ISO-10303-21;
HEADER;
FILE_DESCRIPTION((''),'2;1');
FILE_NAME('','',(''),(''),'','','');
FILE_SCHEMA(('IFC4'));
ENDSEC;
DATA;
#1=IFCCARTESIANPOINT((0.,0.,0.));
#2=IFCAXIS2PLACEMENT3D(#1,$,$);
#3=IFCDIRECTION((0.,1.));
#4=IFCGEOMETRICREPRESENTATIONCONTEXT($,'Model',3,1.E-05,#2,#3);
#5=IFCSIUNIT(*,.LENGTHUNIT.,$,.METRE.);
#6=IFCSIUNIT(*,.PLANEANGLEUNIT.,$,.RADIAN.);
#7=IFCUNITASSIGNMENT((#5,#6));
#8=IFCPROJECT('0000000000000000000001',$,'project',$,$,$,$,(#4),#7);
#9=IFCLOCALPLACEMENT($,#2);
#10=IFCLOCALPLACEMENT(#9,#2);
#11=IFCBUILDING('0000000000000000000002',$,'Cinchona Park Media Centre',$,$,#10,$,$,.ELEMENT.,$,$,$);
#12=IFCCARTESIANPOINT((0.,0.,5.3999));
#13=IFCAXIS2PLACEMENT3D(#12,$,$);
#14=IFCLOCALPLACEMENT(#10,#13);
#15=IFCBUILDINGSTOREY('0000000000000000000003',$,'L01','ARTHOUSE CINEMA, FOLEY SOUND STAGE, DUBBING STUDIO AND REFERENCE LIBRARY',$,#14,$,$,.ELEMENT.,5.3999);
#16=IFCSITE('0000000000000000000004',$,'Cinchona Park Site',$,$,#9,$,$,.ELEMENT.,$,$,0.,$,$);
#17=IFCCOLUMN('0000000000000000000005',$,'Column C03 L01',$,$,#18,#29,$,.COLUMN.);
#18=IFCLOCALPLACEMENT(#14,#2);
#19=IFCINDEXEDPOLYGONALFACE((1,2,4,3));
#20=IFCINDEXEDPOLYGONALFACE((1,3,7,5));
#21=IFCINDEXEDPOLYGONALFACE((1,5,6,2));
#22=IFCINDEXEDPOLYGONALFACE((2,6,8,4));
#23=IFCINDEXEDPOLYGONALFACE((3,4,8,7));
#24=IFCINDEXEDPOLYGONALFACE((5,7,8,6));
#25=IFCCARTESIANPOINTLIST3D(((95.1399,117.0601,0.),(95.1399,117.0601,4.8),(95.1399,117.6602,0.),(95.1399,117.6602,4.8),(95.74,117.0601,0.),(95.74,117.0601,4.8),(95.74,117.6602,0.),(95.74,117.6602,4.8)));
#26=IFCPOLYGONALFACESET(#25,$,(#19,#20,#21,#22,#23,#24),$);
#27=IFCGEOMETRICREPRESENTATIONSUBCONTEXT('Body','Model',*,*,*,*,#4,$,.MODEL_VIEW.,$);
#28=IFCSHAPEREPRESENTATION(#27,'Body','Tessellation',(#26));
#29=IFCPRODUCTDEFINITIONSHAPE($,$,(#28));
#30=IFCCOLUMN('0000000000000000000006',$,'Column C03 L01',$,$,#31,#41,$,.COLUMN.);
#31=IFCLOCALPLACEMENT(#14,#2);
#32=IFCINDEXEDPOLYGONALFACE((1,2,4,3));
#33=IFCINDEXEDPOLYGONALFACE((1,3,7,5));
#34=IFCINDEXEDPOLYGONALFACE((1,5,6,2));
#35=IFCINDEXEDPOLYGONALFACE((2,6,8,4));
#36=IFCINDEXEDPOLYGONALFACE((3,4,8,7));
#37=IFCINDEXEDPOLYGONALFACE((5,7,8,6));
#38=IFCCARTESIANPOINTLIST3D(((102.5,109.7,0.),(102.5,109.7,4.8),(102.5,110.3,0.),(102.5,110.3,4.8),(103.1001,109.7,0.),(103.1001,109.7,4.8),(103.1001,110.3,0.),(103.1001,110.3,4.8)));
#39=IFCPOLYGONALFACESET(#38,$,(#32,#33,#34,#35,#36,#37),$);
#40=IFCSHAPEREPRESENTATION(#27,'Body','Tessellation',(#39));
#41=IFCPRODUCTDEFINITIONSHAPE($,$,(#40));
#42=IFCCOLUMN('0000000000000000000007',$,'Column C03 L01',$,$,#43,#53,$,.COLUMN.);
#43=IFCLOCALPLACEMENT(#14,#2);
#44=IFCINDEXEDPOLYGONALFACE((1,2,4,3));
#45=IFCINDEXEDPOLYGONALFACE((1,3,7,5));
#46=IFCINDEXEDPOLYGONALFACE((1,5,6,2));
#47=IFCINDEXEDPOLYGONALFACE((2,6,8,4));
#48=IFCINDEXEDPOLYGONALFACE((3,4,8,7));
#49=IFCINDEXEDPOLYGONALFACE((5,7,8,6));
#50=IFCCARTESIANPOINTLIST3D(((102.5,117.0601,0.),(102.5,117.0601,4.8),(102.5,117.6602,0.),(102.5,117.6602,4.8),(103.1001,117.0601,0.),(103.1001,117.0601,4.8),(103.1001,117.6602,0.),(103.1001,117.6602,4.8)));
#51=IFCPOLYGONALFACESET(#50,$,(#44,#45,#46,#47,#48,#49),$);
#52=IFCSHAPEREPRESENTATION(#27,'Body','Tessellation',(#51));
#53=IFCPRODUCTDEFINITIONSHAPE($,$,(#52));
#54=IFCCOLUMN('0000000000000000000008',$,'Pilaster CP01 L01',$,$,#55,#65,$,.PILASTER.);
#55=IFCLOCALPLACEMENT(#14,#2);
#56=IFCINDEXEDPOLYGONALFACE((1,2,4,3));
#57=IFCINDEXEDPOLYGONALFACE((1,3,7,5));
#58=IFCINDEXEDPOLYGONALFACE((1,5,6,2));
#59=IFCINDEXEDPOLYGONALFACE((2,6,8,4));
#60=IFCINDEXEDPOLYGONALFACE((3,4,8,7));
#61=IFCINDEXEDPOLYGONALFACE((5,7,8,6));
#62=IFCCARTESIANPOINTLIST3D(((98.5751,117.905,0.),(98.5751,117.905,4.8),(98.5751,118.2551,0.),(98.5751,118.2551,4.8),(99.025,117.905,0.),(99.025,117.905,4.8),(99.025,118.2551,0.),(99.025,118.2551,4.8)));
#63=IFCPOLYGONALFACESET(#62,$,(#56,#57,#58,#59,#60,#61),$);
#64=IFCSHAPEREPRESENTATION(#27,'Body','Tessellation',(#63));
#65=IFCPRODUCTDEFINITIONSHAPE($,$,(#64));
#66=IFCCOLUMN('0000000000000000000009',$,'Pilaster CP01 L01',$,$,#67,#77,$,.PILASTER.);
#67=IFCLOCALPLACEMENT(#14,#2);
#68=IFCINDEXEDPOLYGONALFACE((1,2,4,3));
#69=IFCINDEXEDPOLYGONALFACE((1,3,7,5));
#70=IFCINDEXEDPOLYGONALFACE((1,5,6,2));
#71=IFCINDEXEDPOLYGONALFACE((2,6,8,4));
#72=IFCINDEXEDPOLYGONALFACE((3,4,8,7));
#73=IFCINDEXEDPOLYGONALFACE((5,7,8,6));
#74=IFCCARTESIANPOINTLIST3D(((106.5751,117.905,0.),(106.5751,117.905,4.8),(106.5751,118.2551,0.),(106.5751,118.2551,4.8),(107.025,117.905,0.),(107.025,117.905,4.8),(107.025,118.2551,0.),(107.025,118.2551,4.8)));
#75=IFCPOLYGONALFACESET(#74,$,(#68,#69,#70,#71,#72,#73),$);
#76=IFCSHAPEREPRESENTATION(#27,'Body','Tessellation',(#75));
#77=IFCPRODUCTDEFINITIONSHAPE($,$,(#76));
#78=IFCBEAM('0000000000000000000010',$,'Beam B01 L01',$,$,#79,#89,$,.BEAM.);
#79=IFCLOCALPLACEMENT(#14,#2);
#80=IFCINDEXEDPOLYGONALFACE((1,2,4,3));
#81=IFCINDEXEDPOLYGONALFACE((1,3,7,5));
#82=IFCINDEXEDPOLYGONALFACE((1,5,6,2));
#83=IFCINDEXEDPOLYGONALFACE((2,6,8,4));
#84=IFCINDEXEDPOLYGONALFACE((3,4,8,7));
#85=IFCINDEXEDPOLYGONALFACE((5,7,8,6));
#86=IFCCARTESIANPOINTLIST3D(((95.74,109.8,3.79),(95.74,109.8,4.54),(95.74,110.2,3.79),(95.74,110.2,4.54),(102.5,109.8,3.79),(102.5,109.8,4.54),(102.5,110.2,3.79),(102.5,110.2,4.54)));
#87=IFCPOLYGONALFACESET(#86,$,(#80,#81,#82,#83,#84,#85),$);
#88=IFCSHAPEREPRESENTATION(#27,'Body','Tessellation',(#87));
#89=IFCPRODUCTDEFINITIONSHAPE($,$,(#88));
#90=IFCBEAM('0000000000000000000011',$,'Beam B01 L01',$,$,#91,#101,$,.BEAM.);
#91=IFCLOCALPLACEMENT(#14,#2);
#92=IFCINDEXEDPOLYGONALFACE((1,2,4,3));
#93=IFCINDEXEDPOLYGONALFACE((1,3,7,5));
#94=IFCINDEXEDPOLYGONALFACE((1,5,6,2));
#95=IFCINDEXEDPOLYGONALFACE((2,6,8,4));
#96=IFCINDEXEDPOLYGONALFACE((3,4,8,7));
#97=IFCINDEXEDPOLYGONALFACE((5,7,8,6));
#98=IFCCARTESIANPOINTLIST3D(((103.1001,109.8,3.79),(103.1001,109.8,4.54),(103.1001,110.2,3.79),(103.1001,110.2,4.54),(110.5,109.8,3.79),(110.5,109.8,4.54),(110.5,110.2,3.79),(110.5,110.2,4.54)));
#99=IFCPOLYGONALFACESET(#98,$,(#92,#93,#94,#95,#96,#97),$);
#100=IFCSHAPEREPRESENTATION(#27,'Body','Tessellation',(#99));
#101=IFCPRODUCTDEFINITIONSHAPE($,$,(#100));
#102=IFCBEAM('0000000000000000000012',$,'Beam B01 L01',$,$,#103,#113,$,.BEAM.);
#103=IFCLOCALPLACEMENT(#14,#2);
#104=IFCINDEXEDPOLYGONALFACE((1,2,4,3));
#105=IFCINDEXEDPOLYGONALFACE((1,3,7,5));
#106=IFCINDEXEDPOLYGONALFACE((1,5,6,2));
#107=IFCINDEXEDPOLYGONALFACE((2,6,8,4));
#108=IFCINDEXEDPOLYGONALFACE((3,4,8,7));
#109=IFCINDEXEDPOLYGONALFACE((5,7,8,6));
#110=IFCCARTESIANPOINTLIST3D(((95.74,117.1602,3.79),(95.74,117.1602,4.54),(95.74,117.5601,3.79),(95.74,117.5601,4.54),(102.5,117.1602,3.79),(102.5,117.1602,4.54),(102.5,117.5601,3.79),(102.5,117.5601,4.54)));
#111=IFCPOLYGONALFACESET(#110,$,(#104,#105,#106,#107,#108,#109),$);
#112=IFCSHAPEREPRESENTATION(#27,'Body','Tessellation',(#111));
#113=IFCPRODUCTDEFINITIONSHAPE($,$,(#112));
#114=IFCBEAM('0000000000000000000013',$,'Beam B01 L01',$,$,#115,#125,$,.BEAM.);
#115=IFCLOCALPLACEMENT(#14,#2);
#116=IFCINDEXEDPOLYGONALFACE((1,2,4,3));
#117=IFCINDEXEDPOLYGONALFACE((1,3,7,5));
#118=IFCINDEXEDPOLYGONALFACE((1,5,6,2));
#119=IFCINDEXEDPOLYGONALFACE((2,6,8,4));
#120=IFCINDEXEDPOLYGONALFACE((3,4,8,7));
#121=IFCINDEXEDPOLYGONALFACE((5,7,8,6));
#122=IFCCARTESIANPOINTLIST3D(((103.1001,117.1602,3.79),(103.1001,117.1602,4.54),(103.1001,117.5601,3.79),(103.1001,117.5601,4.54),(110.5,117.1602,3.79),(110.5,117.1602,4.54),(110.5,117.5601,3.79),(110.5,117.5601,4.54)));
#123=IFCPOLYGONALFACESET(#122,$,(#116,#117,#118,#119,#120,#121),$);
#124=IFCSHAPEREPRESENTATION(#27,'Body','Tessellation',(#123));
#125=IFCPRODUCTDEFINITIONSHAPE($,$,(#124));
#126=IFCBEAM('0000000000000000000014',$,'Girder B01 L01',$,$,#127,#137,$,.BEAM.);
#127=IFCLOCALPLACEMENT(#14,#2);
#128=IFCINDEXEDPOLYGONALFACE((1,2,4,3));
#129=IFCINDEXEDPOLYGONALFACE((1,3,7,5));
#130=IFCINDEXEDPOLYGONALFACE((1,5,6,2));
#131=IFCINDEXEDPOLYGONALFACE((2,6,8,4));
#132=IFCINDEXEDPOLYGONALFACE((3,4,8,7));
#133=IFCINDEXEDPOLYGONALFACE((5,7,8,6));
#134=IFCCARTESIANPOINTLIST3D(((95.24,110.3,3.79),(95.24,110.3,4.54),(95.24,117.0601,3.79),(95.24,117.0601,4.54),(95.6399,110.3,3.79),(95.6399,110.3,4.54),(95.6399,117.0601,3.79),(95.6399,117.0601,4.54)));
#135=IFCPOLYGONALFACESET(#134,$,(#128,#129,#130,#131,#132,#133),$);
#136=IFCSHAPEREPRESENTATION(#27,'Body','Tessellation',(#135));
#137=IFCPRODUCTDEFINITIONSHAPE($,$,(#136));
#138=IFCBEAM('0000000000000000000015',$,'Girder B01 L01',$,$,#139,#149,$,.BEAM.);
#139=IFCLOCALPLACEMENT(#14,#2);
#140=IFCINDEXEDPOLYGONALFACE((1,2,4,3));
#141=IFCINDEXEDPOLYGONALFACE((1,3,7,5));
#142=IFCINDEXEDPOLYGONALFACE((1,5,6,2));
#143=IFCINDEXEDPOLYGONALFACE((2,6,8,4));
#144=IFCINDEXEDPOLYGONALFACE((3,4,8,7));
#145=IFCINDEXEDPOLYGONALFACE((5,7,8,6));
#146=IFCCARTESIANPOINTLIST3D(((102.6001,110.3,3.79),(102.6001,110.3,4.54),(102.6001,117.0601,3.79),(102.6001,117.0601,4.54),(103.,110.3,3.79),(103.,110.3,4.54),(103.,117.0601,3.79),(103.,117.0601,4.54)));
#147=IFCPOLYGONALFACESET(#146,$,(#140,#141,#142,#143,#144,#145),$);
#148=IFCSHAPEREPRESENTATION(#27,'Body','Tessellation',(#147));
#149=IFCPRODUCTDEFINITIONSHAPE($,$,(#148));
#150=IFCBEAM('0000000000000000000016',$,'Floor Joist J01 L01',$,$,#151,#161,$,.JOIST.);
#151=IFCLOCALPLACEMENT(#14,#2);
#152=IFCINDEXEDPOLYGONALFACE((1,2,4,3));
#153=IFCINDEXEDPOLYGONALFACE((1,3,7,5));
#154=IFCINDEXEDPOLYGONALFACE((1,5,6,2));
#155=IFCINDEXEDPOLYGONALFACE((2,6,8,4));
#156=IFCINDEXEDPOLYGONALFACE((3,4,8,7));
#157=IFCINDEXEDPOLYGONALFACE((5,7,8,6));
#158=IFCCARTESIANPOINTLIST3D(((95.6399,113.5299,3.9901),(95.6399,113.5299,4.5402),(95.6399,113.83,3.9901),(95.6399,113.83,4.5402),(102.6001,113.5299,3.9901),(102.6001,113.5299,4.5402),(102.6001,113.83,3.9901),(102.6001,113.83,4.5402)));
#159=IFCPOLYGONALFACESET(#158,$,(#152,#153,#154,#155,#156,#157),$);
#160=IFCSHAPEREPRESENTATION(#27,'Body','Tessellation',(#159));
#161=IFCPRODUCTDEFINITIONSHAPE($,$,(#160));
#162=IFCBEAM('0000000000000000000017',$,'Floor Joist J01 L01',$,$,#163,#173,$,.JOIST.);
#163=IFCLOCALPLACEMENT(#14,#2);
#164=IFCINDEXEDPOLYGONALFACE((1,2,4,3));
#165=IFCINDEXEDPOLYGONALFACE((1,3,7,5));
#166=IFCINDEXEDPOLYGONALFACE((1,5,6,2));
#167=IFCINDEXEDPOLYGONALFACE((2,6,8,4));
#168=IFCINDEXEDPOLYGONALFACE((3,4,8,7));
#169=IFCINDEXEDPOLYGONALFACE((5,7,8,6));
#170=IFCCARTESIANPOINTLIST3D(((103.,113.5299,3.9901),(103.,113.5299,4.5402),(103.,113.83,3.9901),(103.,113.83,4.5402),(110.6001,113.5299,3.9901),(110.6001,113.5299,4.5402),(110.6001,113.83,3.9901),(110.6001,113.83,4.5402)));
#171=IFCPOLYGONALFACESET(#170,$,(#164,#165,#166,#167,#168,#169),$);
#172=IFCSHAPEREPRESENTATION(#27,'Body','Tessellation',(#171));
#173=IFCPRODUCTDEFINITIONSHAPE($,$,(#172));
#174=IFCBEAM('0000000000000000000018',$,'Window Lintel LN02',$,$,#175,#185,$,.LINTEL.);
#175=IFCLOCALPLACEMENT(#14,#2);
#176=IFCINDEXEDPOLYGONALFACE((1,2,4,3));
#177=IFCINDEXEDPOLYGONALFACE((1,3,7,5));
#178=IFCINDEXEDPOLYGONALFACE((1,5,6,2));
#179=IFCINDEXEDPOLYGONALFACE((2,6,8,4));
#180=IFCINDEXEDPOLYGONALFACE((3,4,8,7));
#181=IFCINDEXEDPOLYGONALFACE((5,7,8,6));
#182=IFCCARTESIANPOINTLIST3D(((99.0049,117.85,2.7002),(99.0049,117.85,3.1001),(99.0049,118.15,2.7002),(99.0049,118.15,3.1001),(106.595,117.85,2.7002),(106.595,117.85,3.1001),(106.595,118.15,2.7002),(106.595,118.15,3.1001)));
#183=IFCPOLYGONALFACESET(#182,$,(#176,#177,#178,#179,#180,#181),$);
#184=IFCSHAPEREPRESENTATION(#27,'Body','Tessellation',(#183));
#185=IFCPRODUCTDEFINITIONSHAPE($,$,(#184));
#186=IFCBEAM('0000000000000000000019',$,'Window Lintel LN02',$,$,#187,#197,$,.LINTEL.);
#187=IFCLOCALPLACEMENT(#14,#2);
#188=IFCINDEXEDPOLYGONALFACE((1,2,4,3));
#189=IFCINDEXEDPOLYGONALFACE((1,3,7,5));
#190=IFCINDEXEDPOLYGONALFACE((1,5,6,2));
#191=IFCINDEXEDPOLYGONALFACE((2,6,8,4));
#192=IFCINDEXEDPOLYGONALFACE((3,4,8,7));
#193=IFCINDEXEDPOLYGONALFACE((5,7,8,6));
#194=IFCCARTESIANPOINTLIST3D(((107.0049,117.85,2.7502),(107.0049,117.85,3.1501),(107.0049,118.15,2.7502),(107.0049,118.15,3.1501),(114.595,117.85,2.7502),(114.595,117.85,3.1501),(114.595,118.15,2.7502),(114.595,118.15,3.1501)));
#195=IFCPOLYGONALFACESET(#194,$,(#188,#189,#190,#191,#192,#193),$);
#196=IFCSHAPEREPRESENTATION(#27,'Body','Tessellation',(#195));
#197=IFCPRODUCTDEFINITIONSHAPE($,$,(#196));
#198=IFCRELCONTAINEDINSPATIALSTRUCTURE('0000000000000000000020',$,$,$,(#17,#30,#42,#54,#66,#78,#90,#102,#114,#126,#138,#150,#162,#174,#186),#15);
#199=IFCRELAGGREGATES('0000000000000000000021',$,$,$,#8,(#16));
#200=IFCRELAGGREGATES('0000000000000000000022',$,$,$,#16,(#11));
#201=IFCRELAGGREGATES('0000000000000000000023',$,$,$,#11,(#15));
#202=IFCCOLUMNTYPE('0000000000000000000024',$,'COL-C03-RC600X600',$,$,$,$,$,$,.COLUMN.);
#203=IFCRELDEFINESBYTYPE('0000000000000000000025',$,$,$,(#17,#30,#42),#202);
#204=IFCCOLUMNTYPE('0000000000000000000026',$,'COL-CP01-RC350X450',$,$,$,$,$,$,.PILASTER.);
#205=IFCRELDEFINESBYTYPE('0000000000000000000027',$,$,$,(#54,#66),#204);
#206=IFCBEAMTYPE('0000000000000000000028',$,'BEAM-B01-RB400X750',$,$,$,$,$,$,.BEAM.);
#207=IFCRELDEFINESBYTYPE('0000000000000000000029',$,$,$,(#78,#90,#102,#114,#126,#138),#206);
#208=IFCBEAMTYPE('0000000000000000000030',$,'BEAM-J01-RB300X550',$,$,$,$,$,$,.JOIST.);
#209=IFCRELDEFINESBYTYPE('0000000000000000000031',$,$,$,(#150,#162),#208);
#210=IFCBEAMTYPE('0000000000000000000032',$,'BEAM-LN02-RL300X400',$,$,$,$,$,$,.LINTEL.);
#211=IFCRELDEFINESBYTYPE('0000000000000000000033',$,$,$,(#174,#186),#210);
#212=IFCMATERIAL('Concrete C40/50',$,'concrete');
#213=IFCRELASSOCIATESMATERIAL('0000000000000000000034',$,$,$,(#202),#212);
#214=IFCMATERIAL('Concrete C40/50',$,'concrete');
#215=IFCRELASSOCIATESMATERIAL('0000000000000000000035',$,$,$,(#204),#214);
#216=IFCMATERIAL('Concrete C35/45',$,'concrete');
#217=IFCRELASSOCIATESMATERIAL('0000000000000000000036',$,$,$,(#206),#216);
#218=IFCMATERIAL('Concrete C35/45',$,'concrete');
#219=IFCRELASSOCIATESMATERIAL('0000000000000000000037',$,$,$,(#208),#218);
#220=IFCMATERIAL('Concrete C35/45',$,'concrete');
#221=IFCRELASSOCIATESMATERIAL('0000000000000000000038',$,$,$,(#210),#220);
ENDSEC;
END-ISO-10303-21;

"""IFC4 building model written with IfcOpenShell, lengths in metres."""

from ifc_helpers import new_model, si_unit, direction, frame, origin, origin_2d, place, context, subcontext, project, spatial, rectangle, extrude, material, material_profile, profile_set, type_object, element, save


model = new_model("IFC4")

# Units and contexts
model_context = context("Model", 3, precision=1e-05, world=origin(), true_north=direction((0.0, 1.0)))
body_context = subcontext(model_context, "Body", "Model", "MODEL_VIEW")
ifc_project = project(units=[si_unit("LENGTHUNIT", "METRE"), si_unit("PLANEANGLEUNIT", "RADIAN")], contexts=[model_context])

# Site, building, storey
site_placement = place(None, origin())
site = spatial("IfcSite", under=ifc_project, at=site_placement, Name="Cinchona Park Site", CompositionType="ELEMENT", RefElevation=0.0)
building_placement = place(site_placement, origin())
building = spatial("IfcBuilding", under=site, at=building_placement, Name="Cinchona Park Media Centre", CompositionType="ELEMENT")
storey_placement = place(building_placement, frame((0.0, 0.0, 5.3999)))
storey = spatial("IfcBuildingStorey", under=building, at=storey_placement, Name="L01", Description="ARTHOUSE CINEMA, FOLEY SOUND STAGE, DUBBING STUDIO AND REFERENCE LIBRARY", CompositionType="ELEMENT", Elevation=5.3999)

# Columns
ifc_material_1 = material(Name="Concrete C40/50", Category="concrete")
ifc_material_profile_1 = material_profile(ifc_material_1, rectangle(XDim=0.6001, YDim=0.6001, at=origin_2d()), Name="RC 600X600")
ifc_profile_set_1 = profile_set([ifc_material_profile_1], Name="Concrete C40/50")
column_type_1 = type_object("IfcColumnType", Name="COL-C03-RC600X600", PredefinedType="COLUMN", material=ifc_profile_set_1)
for number, where, z_axis, x_axis, name in (
    (1, (95.4399, 117.3601, 0.0), (0.0, 0.0, 1.0), (1.0, 0.0, 0.0), "Column C03 L01"),
    (2, (102.8, 110.0, 0.0), (0.0, 0.0, 1.0), (1.0, 0.0, 0.0), "Column C03 L01"),
    (3, (102.8, 117.3601, 0.0), (0.0, 0.0, 1.0), (1.0, 0.0, 0.0), "Column C03 L01"),
):
    element("IfcColumn", number, at=place(storey_placement, frame(where, z_axis=z_axis, x_axis=x_axis)), inside=storey, type_object=column_type_1, Name=name, PredefinedType="COLUMN", context=body_context, shape_type="SweptSolid", body=[
        extrude(rectangle(XDim=0.6001, YDim=0.6001, at=origin_2d()), origin(), (0.0, 0.0, 1.0), 4.8),
    ])
ifc_material_2 = material(Name="Concrete C40/50", Category="concrete")
ifc_material_profile_2 = material_profile(ifc_material_2, rectangle(XDim=0.3501, YDim=0.45, at=origin_2d()), Name="RC 350X450")
ifc_profile_set_2 = profile_set([ifc_material_profile_2], Name="Concrete C40/50")
column_type_2 = type_object("IfcColumnType", Name="COL-CP01-RC350X450", PredefinedType="PILASTER", material=ifc_profile_set_2)
for number, where, z_axis, x_axis, name in (
    (4, (98.8, 118.0801, 0.0), (0.0, 0.0, 1.0), (0.0, 1.0, 0.0), "Pilaster CP01 L01"),
    (5, (106.8, 118.0801, 0.0), (0.0, 0.0, 1.0), (0.0, 1.0, 0.0), "Pilaster CP01 L01"),
):
    element("IfcColumn", number, at=place(storey_placement, frame(where, z_axis=z_axis, x_axis=x_axis)), inside=storey, type_object=column_type_2, Name=name, PredefinedType="PILASTER", context=body_context, shape_type="SweptSolid", body=[
        extrude(rectangle(XDim=0.3501, YDim=0.45, at=origin_2d()), origin(), (0.0, 0.0, 1.0), 4.8),
    ])

# Beams
ifc_material_3 = material(Name="Concrete C35/45", Category="concrete")
ifc_material_profile_3 = material_profile(ifc_material_3, rectangle(XDim=0.3999, YDim=0.75, at=origin_2d()), Name="RB 400X750")
ifc_profile_set_3 = profile_set([ifc_material_profile_3], Name="Concrete C35/45")
beam_type_1 = type_object("IfcBeamType", Name="BEAM-B01-RB400X750", PredefinedType="BEAM", material=ifc_profile_set_3)
beam_1_placement = place(storey_placement, frame((95.74, 110.0, 4.165), z_axis=(1.0, 0.0, 0.0), x_axis=(0.0, 1.0, 0.0)))
element("IfcBeam", 6, at=beam_1_placement, inside=storey, type_object=beam_type_1, Name="Beam B01 L01", PredefinedType="BEAM", context=body_context, shape_type="SweptSolid", body=[
    extrude(rectangle(XDim=0.3999, YDim=0.75, at=origin_2d()), origin(), (0.0, 0.0, 1.0), 6.76),
])
beam_2_placement = place(storey_placement, frame((103.1001, 110.0, 4.165), z_axis=(1.0, 0.0, 0.0), x_axis=(0.0, 1.0, 0.0)))
element("IfcBeam", 7, at=beam_2_placement, inside=storey, type_object=beam_type_1, Name="Beam B01 L01", PredefinedType="BEAM", context=body_context, shape_type="SweptSolid", body=[
    extrude(rectangle(XDim=0.3999, YDim=0.75, at=origin_2d()), origin(), (0.0, 0.0, 1.0), 7.3999),
])
beam_3_placement = place(storey_placement, frame((95.74, 117.3601, 4.165), z_axis=(1.0, 0.0, 0.0), x_axis=(0.0, 1.0, 0.0)))
element("IfcBeam", 8, at=beam_3_placement, inside=storey, type_object=beam_type_1, Name="Beam B01 L01", PredefinedType="BEAM", context=body_context, shape_type="SweptSolid", body=[
    extrude(rectangle(XDim=0.3999, YDim=0.75, at=origin_2d()), origin(), (0.0, 0.0, 1.0), 6.76),
])
beam_4_placement = place(storey_placement, frame((103.1001, 117.3601, 4.165), z_axis=(1.0, 0.0, 0.0), x_axis=(0.0, 1.0, 0.0)))
element("IfcBeam", 9, at=beam_4_placement, inside=storey, type_object=beam_type_1, Name="Beam B01 L01", PredefinedType="BEAM", context=body_context, shape_type="SweptSolid", body=[
    extrude(rectangle(XDim=0.3999, YDim=0.75, at=origin_2d()), origin(), (0.0, 0.0, 1.0), 7.3999),
])
for number, where, z_axis, x_axis, name in (
    (10, (95.4399, 110.3, 4.165), (0.0, 1.0, 0.0), (-1.0, 0.0, 0.0), "Girder B01 L01"),
    (11, (102.8, 110.3, 4.165), (0.0, 1.0, 0.0), (-1.0, 0.0, 0.0), "Girder B01 L01"),
):
    element("IfcBeam", number, at=place(storey_placement, frame(where, z_axis=z_axis, x_axis=x_axis)), inside=storey, type_object=beam_type_1, Name=name, PredefinedType="BEAM", context=body_context, shape_type="SweptSolid", body=[
        extrude(rectangle(XDim=0.3999, YDim=0.75, at=origin_2d()), origin(), (0.0, 0.0, 1.0), 6.76),
    ])
ifc_material_4 = material(Name="Concrete C35/45", Category="concrete")
ifc_material_profile_4 = material_profile(ifc_material_4, rectangle(XDim=0.3, YDim=0.55, at=origin_2d()), Name="RB 300X550")
ifc_profile_set_4 = profile_set([ifc_material_profile_4], Name="Concrete C35/45")
beam_type_2 = type_object("IfcBeamType", Name="BEAM-J01-RB300X550", PredefinedType="JOIST", material=ifc_profile_set_4)
beam_5_placement = place(storey_placement, frame((95.6399, 113.6799, 4.2651), z_axis=(1.0, 0.0, 0.0), x_axis=(0.0, 1.0, 0.0)))
element("IfcBeam", 12, at=beam_5_placement, inside=storey, type_object=beam_type_2, Name="Floor Joist J01 L01", PredefinedType="JOIST", context=body_context, shape_type="SweptSolid", body=[
    extrude(rectangle(XDim=0.3, YDim=0.55, at=origin_2d()), origin(), (0.0, 0.0, 1.0), 6.9602),
])
beam_6_placement = place(storey_placement, frame((103.0, 113.6799, 4.2651), z_axis=(1.0, 0.0, 0.0), x_axis=(0.0, 1.0, 0.0)))
element("IfcBeam", 13, at=beam_6_placement, inside=storey, type_object=beam_type_2, Name="Floor Joist J01 L01", PredefinedType="JOIST", context=body_context, shape_type="SweptSolid", body=[
    extrude(rectangle(XDim=0.3, YDim=0.55, at=origin_2d()), origin(), (0.0, 0.0, 1.0), 7.6001),
])
ifc_material_5 = material(Name="Concrete C35/45", Category="concrete")
ifc_material_profile_5 = material_profile(ifc_material_5, rectangle(XDim=0.3, YDim=0.3999, at=origin_2d()), Name="RL 300X400")
ifc_profile_set_5 = profile_set([ifc_material_profile_5], Name="Concrete C35/45")
beam_type_3 = type_object("IfcBeamType", Name="BEAM-LN02-RL300X400", PredefinedType="LINTEL", material=ifc_profile_set_5)
for number, where, z_axis, x_axis, name in (
    (14, (99.0049, 118.0, 2.9001), (1.0, 0.0, 0.0), (0.0, 1.0, 0.0), "Window Lintel LN02"),
    (15, (107.0049, 118.0, 2.9502), (1.0, 0.0, 0.0), (0.0, 1.0, 0.0), "Window Lintel LN02"),
):
    element("IfcBeam", number, at=place(storey_placement, frame(where, z_axis=z_axis, x_axis=x_axis)), inside=storey, type_object=beam_type_3, Name=name, PredefinedType="LINTEL", context=body_context, shape_type="SweptSolid", body=[
        extrude(rectangle(XDim=0.3, YDim=0.3999, at=origin_2d()), origin(), (0.0, 0.0, 1.0), 7.5901),
    ])

save(model, "model.ifc")
